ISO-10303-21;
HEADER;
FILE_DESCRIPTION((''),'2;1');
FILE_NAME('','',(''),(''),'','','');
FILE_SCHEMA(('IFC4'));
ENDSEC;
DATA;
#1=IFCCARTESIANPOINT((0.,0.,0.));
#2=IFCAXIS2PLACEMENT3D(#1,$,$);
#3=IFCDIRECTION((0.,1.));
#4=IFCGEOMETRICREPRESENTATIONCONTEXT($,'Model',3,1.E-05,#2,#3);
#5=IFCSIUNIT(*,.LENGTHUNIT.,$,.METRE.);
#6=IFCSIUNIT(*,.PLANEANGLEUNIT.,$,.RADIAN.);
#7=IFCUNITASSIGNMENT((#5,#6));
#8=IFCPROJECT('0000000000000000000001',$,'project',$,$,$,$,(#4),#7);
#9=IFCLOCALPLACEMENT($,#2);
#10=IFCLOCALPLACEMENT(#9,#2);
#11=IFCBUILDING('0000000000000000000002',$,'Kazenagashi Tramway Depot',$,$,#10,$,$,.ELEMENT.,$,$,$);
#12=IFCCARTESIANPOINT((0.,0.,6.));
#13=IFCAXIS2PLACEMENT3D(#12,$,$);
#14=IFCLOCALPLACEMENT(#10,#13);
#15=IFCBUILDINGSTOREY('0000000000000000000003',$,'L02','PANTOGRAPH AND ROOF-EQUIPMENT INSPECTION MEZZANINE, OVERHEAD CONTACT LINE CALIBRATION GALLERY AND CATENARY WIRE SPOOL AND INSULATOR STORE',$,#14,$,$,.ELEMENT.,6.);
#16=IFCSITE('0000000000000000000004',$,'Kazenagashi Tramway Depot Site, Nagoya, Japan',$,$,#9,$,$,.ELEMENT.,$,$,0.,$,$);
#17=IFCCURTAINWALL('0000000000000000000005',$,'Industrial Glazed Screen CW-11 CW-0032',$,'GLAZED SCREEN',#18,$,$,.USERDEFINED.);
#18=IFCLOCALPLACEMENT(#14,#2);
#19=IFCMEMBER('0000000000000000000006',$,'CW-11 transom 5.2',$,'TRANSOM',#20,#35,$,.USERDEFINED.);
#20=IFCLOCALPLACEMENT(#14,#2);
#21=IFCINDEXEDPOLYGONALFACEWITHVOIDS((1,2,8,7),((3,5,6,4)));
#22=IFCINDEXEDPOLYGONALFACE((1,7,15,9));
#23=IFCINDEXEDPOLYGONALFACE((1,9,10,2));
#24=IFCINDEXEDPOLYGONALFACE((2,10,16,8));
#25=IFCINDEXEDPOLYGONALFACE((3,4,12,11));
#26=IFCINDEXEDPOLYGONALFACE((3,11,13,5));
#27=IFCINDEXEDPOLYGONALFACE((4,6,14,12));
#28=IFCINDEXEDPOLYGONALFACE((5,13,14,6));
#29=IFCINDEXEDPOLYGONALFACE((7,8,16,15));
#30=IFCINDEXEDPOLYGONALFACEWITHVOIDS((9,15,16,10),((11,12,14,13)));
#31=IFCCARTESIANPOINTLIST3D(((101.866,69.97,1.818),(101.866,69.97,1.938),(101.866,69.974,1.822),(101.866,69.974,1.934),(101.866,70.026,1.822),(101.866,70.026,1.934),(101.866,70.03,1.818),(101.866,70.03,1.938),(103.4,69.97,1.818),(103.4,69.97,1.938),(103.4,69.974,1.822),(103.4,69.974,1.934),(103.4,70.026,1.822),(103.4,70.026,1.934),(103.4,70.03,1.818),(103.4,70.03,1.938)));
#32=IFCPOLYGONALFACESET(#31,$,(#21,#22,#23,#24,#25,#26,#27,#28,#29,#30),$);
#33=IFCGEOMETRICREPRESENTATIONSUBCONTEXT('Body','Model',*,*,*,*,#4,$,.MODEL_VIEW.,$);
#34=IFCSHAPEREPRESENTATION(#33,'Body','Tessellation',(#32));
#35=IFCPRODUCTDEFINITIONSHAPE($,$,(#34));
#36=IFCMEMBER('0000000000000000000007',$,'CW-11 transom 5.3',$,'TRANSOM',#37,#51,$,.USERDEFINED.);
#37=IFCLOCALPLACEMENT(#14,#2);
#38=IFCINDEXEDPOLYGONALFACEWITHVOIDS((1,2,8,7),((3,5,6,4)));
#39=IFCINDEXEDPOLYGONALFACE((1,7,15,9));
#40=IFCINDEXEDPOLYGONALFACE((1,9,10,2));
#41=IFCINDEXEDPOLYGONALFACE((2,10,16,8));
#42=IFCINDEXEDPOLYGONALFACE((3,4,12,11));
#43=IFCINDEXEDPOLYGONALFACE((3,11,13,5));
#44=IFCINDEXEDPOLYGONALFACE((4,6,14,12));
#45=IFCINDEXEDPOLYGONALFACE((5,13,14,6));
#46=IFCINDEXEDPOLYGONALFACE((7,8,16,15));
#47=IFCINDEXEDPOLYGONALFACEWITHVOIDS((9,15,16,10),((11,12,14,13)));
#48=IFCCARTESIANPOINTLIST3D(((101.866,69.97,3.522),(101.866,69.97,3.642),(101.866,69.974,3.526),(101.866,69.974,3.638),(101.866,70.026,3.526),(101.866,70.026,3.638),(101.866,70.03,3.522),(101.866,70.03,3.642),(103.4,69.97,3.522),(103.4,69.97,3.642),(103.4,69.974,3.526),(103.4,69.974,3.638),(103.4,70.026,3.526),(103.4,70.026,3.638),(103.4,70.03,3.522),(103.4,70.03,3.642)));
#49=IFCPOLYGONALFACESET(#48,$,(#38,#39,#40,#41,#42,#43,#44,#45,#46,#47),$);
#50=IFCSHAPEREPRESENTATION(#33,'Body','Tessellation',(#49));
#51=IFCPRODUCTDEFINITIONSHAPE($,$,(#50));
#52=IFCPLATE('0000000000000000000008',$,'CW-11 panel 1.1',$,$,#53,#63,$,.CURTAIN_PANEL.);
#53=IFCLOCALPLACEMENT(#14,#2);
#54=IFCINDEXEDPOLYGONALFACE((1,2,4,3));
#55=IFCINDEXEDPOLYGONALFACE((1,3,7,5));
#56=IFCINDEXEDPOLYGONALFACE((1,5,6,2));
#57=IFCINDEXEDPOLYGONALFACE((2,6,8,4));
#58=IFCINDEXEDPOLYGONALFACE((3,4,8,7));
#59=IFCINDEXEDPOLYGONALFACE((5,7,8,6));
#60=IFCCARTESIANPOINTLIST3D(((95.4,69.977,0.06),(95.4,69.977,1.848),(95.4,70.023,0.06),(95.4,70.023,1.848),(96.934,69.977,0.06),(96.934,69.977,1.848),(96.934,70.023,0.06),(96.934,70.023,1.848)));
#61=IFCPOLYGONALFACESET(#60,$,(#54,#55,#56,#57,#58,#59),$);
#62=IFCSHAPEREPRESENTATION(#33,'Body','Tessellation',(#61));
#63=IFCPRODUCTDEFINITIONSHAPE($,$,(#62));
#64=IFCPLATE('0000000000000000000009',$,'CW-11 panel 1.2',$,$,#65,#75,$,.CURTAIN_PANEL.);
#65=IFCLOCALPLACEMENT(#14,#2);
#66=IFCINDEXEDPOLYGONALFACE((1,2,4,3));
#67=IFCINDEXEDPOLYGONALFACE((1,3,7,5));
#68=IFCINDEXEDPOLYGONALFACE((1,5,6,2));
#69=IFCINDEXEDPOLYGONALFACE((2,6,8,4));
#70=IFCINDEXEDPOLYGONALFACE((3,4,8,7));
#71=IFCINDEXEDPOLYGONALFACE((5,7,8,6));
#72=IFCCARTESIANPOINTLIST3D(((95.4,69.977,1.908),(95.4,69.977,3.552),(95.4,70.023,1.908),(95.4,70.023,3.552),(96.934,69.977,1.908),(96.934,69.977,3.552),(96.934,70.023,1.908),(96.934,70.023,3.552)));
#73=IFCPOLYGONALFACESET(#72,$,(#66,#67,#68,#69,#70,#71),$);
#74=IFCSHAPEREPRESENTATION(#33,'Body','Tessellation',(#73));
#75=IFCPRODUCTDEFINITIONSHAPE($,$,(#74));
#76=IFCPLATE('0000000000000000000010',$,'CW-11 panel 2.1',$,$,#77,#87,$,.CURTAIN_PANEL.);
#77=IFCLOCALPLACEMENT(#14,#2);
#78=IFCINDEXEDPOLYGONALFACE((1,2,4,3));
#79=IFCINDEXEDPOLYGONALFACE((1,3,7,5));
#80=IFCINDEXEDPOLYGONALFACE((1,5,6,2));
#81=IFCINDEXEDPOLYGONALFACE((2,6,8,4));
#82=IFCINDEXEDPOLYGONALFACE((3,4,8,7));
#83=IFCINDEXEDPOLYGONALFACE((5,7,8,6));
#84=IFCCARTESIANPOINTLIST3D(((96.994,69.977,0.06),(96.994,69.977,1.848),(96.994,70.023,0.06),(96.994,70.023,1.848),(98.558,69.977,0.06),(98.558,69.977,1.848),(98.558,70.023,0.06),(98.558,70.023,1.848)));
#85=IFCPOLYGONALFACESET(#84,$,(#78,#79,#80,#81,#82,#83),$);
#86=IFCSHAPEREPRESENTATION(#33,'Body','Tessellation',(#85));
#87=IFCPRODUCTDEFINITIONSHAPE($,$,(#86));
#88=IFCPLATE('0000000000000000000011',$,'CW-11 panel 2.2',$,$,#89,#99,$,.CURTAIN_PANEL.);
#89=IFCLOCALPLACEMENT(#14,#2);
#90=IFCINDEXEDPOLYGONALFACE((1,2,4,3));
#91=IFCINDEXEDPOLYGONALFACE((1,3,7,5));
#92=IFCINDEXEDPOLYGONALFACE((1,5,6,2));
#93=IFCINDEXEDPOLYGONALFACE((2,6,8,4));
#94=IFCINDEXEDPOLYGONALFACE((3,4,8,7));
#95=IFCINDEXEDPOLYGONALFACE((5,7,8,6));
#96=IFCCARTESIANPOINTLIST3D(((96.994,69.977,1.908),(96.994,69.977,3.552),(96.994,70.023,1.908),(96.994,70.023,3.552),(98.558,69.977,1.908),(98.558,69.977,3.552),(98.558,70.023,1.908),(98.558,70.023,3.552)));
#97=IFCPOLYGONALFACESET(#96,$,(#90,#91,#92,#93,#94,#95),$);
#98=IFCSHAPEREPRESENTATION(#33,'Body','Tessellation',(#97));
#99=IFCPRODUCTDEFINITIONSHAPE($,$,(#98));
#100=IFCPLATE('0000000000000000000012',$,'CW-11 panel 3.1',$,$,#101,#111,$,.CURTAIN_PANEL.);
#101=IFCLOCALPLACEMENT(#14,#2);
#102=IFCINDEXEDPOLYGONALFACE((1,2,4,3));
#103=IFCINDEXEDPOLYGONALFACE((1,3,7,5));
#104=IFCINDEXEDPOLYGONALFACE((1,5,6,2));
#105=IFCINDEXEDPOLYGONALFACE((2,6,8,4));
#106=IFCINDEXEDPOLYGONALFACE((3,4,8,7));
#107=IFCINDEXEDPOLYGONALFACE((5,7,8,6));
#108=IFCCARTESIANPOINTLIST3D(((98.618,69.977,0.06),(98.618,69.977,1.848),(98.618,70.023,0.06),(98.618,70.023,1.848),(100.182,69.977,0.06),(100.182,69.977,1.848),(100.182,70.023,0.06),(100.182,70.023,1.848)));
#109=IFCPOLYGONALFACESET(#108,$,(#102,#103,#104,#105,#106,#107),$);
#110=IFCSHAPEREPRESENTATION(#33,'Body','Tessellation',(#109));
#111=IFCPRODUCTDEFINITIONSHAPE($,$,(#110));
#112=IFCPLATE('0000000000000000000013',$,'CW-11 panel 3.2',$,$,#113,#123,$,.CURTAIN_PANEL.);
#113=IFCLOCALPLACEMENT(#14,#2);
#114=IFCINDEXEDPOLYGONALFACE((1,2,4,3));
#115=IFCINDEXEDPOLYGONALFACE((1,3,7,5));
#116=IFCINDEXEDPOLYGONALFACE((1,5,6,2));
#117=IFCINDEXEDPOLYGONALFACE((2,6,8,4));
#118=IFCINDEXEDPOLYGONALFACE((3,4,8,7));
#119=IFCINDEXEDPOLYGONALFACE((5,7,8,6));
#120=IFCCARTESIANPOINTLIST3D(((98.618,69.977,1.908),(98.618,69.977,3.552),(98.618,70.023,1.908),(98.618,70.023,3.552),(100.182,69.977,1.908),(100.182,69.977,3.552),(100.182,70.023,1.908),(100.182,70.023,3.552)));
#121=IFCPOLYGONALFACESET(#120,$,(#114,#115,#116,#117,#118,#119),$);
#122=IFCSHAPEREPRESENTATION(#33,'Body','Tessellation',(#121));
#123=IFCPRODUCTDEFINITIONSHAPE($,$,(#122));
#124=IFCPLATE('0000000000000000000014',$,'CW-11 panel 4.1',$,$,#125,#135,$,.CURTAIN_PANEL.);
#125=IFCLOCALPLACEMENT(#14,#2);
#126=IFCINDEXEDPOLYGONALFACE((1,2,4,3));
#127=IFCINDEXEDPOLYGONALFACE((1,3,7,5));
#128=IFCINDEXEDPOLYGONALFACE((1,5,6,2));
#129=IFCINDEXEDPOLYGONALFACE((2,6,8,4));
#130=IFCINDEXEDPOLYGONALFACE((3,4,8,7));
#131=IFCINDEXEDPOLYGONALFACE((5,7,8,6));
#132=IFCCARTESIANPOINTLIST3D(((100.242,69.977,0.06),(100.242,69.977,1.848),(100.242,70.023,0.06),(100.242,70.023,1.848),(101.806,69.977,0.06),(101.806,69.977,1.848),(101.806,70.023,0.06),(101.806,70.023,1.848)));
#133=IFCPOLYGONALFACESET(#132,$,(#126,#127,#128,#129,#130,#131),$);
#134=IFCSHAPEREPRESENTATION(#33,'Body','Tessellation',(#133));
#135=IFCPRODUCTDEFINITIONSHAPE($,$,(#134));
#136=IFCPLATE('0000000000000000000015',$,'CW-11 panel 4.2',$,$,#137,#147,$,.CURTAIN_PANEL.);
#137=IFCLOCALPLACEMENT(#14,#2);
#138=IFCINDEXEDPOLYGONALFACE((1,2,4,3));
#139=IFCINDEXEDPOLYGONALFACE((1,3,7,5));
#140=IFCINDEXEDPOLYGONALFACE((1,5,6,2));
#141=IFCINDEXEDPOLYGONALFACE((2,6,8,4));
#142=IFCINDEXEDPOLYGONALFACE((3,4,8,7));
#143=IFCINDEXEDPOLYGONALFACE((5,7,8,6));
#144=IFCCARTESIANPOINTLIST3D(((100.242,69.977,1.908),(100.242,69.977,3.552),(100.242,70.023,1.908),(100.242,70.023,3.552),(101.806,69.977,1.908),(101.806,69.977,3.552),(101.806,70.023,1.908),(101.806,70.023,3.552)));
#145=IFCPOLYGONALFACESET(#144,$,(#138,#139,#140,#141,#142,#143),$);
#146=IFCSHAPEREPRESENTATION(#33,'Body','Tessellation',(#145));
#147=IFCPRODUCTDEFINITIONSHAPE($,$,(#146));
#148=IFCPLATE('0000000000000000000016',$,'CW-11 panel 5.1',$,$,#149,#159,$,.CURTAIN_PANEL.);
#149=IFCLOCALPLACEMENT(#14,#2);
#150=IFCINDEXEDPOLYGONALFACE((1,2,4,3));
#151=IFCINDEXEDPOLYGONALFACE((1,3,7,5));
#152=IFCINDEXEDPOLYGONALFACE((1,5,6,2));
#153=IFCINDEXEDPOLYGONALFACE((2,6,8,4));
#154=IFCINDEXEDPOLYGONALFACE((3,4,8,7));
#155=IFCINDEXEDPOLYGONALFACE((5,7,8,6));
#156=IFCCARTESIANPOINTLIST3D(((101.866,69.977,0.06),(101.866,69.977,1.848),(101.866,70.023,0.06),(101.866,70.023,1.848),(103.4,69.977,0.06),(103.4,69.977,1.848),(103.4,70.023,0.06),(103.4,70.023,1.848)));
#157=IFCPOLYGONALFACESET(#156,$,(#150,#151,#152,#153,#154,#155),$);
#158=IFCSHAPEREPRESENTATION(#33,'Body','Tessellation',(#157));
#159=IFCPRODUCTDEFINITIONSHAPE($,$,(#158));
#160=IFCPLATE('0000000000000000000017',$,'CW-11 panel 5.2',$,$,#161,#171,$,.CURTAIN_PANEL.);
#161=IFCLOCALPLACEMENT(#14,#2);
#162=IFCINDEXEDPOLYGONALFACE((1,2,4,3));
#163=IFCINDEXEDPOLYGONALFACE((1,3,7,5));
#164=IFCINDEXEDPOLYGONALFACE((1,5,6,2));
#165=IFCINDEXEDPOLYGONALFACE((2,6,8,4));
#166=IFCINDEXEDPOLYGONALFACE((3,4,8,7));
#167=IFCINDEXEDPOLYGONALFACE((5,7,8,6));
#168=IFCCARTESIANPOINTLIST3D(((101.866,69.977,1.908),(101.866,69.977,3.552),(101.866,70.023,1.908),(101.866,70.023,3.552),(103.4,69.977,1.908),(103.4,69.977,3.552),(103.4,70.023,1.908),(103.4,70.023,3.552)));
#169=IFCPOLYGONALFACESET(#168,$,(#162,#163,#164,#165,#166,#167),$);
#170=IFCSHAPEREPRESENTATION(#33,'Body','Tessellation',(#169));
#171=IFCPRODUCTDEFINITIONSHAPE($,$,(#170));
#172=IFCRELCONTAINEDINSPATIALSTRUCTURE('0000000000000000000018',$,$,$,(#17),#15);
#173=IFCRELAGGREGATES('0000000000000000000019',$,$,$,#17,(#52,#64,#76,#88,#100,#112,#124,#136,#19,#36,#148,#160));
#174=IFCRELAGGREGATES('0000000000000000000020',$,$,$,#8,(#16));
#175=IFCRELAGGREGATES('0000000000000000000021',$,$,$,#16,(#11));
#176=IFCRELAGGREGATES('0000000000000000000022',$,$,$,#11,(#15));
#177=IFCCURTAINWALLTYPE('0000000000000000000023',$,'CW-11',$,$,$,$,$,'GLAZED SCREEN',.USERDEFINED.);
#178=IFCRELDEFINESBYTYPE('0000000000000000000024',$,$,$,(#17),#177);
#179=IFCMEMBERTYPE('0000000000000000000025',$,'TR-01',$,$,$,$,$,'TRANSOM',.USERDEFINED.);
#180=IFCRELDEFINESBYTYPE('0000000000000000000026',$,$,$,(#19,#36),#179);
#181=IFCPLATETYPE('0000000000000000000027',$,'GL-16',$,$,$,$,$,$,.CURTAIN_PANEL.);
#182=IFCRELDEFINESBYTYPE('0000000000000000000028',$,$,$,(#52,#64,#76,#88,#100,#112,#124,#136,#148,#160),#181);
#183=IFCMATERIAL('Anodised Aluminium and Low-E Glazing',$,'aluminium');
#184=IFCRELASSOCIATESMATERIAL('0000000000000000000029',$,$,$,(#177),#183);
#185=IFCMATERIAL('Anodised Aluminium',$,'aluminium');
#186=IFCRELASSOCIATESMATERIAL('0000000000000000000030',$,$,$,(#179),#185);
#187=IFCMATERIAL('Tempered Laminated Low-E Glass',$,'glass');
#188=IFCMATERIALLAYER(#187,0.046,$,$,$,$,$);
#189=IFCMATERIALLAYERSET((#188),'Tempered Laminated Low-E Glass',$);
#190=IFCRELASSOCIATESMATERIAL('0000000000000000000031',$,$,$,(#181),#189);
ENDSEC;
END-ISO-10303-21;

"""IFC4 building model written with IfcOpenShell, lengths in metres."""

from ifc_helpers import new_model, si_unit, direction, frame, origin, origin_2d, place, context, subcontext, project, spatial, rectangle, hollow_rectangle, extrude, material, layer, layer_set, material_profile, profile_set, type_object, element, aggregate, save


model = new_model("IFC4")

# Units and contexts
model_context = context("Model", 3, precision=1e-05, world=origin(), true_north=direction((0.0, 1.0)))
body_context = subcontext(model_context, "Body", "Model", "MODEL_VIEW")
ifc_project = project(units=[si_unit("LENGTHUNIT", "METRE"), si_unit("PLANEANGLEUNIT", "RADIAN")], contexts=[model_context])

# Site, building, storey
site_placement = place(None, origin())
site = spatial("IfcSite", under=ifc_project, at=site_placement, Name="Kazenagashi Tramway Depot Site, Nagoya, Japan", CompositionType="ELEMENT", RefElevation=0.0)
building_placement = place(site_placement, origin())
building = spatial("IfcBuilding", under=site, at=building_placement, Name="Kazenagashi Tramway Depot", CompositionType="ELEMENT")
storey_placement = place(building_placement, frame((0.0, 0.0, 6.0)))
storey = spatial("IfcBuildingStorey", under=building, at=storey_placement, Name="L02", Description="PANTOGRAPH AND ROOF-EQUIPMENT INSPECTION MEZZANINE, OVERHEAD CONTACT LINE CALIBRATION GALLERY AND CATENARY WIRE SPOOL AND INSULATOR STORE", CompositionType="ELEMENT", Elevation=6.0)

# Curtain wall
ifc_material_1 = material(Name="Anodised Aluminium and Low-E Glazing", Category="aluminium")
curtain_wall_type = type_object("IfcCurtainWallType", Name="CW-11", ElementType="GLAZED SCREEN", PredefinedType="USERDEFINED", material=ifc_material_1)
curtain_wall_placement = place(storey_placement, origin())
curtain_wall = element("IfcCurtainWall", 1, at=curtain_wall_placement, inside=storey, type_object=curtain_wall_type, Name="Industrial Glazed Screen CW-11 CW-0032", ObjectType="GLAZED SCREEN", PredefinedType="USERDEFINED")
ifc_material_2 = material(Name="Anodised Aluminium", Category="aluminium")

# Members
ifc_material_profile_1 = material_profile(ifc_material_2, hollow_rectangle(XDim=0.06, YDim=0.12, WallThickness=0.004, at=origin_2d()), Name="RHS-120x60x4")
ifc_profile_set_1 = profile_set([ifc_material_profile_1], Name="Anodised Aluminium")
member_type_1 = type_object("IfcMemberType", Name="TR-01", ElementType="TRANSOM", PredefinedType="USERDEFINED", material=ifc_profile_set_1)
member_1_placement = place(storey_placement, frame((101.866, 70.0, 1.878), z_axis=(1.0, 0.0, 0.0), x_axis=(0.0, 1.0, 0.0)))
member_1 = element("IfcMember", 2, at=member_1_placement, type_object=member_type_1, Name="CW-11 transom 5.2", ObjectType="TRANSOM", PredefinedType="USERDEFINED", context=body_context, shape_type="SweptSolid", body=[
    extrude(hollow_rectangle(XDim=0.06, YDim=0.12, WallThickness=0.004, at=origin_2d()), origin(), (0.0, 0.0, 1.0), 1.534),
])
member_2_placement = place(storey_placement, frame((101.866, 70.0, 3.582), z_axis=(1.0, 0.0, 0.0), x_axis=(0.0, 1.0, 0.0)))
member_2 = element("IfcMember", 3, at=member_2_placement, type_object=member_type_1, Name="CW-11 transom 5.3", ObjectType="TRANSOM", PredefinedType="USERDEFINED", context=body_context, shape_type="SweptSolid", body=[
    extrude(hollow_rectangle(XDim=0.06, YDim=0.12, WallThickness=0.004, at=origin_2d()), origin(), (0.0, 0.0, 1.0), 1.534),
])

# Plates
ifc_material_3 = material(Name="Tempered Laminated Low-E Glass", Category="glass")
ifc_layer_1 = layer(ifc_material_3, 0.046)
ifc_layer_set_1 = layer_set([ifc_layer_1], Name="Tempered Laminated Low-E Glass")
plate_type = type_object("IfcPlateType", Name="GL-16", PredefinedType="CURTAIN_PANEL", material=ifc_layer_set_1)
plate_1_placement = place(storey_placement, frame((96.167, 70.0, 0.06), z_axis=(0.0, 0.0, 1.0), x_axis=(1.0, 0.0, 0.0)))
plate_1 = element("IfcPlate", 4, at=plate_1_placement, type_object=plate_type, Name="CW-11 panel 1.1", PredefinedType="CURTAIN_PANEL", context=body_context, shape_type="SweptSolid", body=[
    extrude(rectangle(XDim=1.534, YDim=0.046, at=origin_2d()), origin(), (0.0, 0.0, 1.0), 1.788),
])
plate_2_placement = place(storey_placement, frame((96.167, 70.0, 1.908), z_axis=(0.0, 0.0, 1.0), x_axis=(1.0, 0.0, 0.0)))
plate_2 = element("IfcPlate", 5, at=plate_2_placement, type_object=plate_type, Name="CW-11 panel 1.2", PredefinedType="CURTAIN_PANEL", context=body_context, shape_type="SweptSolid", body=[
    extrude(rectangle(XDim=1.534, YDim=0.046, at=origin_2d()), origin(), (0.0, 0.0, 1.0), 1.644),
])
plate_3_placement = place(storey_placement, frame((97.776, 70.0, 0.06), z_axis=(0.0, 0.0, 1.0), x_axis=(1.0, 0.0, 0.0)))
plate_3 = element("IfcPlate", 6, at=plate_3_placement, type_object=plate_type, Name="CW-11 panel 2.1", PredefinedType="CURTAIN_PANEL", context=body_context, shape_type="SweptSolid", body=[
    extrude(rectangle(XDim=1.564, YDim=0.046, at=origin_2d()), origin(), (0.0, 0.0, 1.0), 1.788),
])
plate_4_placement = place(storey_placement, frame((97.776, 70.0, 1.908), z_axis=(0.0, 0.0, 1.0), x_axis=(1.0, 0.0, 0.0)))
plate_4 = element("IfcPlate", 7, at=plate_4_placement, type_object=plate_type, Name="CW-11 panel 2.2", PredefinedType="CURTAIN_PANEL", context=body_context, shape_type="SweptSolid", body=[
    extrude(rectangle(XDim=1.564, YDim=0.046, at=origin_2d()), origin(), (0.0, 0.0, 1.0), 1.644),
])
plate_5_placement = place(storey_placement, frame((99.4, 70.0, 0.06), z_axis=(0.0, 0.0, 1.0), x_axis=(1.0, 0.0, 0.0)))
plate_5 = element("IfcPlate", 8, at=plate_5_placement, type_object=plate_type, Name="CW-11 panel 3.1", PredefinedType="CURTAIN_PANEL", context=body_context, shape_type="SweptSolid", body=[
    extrude(rectangle(XDim=1.564, YDim=0.046, at=origin_2d()), origin(), (0.0, 0.0, 1.0), 1.788),
])
plate_6_placement = place(storey_placement, frame((99.4, 70.0, 1.908), z_axis=(0.0, 0.0, 1.0), x_axis=(1.0, 0.0, 0.0)))
plate_6 = element("IfcPlate", 9, at=plate_6_placement, type_object=plate_type, Name="CW-11 panel 3.2", PredefinedType="CURTAIN_PANEL", context=body_context, shape_type="SweptSolid", body=[
    extrude(rectangle(XDim=1.564, YDim=0.046, at=origin_2d()), origin(), (0.0, 0.0, 1.0), 1.644),
])
plate_7_placement = place(storey_placement, frame((101.024, 70.0, 0.06), z_axis=(0.0, 0.0, 1.0), x_axis=(1.0, 0.0, 0.0)))
plate_7 = element("IfcPlate", 10, at=plate_7_placement, type_object=plate_type, Name="CW-11 panel 4.1", PredefinedType="CURTAIN_PANEL", context=body_context, shape_type="SweptSolid", body=[
    extrude(rectangle(XDim=1.564, YDim=0.046, at=origin_2d()), origin(), (0.0, 0.0, 1.0), 1.788),
])
plate_8_placement = place(storey_placement, frame((101.024, 70.0, 1.908), z_axis=(0.0, 0.0, 1.0), x_axis=(1.0, 0.0, 0.0)))
plate_8 = element("IfcPlate", 11, at=plate_8_placement, type_object=plate_type, Name="CW-11 panel 4.2", PredefinedType="CURTAIN_PANEL", context=body_context, shape_type="SweptSolid", body=[
    extrude(rectangle(XDim=1.564, YDim=0.046, at=origin_2d()), origin(), (0.0, 0.0, 1.0), 1.644),
])
plate_9_placement = place(storey_placement, frame((102.633, 70.0, 0.06), z_axis=(0.0, 0.0, 1.0), x_axis=(1.0, 0.0, 0.0)))
plate_9 = element("IfcPlate", 12, at=plate_9_placement, type_object=plate_type, Name="CW-11 panel 5.1", PredefinedType="CURTAIN_PANEL", context=body_context, shape_type="SweptSolid", body=[
    extrude(rectangle(XDim=1.534, YDim=0.046, at=origin_2d()), origin(), (0.0, 0.0, 1.0), 1.788),
])
plate_10_placement = place(storey_placement, frame((102.633, 70.0, 1.908), z_axis=(0.0, 0.0, 1.0), x_axis=(1.0, 0.0, 0.0)))
plate_10 = element("IfcPlate", 13, at=plate_10_placement, type_object=plate_type, Name="CW-11 panel 5.2", PredefinedType="CURTAIN_PANEL", context=body_context, shape_type="SweptSolid", body=[
    extrude(rectangle(XDim=1.534, YDim=0.046, at=origin_2d()), origin(), (0.0, 0.0, 1.0), 1.644),
])
aggregate(curtain_wall, [plate_1, plate_2, plate_3, plate_4, plate_5, plate_6, plate_7, plate_8, member_1, member_2, plate_9, plate_10])

save(model, "model.ifc")
